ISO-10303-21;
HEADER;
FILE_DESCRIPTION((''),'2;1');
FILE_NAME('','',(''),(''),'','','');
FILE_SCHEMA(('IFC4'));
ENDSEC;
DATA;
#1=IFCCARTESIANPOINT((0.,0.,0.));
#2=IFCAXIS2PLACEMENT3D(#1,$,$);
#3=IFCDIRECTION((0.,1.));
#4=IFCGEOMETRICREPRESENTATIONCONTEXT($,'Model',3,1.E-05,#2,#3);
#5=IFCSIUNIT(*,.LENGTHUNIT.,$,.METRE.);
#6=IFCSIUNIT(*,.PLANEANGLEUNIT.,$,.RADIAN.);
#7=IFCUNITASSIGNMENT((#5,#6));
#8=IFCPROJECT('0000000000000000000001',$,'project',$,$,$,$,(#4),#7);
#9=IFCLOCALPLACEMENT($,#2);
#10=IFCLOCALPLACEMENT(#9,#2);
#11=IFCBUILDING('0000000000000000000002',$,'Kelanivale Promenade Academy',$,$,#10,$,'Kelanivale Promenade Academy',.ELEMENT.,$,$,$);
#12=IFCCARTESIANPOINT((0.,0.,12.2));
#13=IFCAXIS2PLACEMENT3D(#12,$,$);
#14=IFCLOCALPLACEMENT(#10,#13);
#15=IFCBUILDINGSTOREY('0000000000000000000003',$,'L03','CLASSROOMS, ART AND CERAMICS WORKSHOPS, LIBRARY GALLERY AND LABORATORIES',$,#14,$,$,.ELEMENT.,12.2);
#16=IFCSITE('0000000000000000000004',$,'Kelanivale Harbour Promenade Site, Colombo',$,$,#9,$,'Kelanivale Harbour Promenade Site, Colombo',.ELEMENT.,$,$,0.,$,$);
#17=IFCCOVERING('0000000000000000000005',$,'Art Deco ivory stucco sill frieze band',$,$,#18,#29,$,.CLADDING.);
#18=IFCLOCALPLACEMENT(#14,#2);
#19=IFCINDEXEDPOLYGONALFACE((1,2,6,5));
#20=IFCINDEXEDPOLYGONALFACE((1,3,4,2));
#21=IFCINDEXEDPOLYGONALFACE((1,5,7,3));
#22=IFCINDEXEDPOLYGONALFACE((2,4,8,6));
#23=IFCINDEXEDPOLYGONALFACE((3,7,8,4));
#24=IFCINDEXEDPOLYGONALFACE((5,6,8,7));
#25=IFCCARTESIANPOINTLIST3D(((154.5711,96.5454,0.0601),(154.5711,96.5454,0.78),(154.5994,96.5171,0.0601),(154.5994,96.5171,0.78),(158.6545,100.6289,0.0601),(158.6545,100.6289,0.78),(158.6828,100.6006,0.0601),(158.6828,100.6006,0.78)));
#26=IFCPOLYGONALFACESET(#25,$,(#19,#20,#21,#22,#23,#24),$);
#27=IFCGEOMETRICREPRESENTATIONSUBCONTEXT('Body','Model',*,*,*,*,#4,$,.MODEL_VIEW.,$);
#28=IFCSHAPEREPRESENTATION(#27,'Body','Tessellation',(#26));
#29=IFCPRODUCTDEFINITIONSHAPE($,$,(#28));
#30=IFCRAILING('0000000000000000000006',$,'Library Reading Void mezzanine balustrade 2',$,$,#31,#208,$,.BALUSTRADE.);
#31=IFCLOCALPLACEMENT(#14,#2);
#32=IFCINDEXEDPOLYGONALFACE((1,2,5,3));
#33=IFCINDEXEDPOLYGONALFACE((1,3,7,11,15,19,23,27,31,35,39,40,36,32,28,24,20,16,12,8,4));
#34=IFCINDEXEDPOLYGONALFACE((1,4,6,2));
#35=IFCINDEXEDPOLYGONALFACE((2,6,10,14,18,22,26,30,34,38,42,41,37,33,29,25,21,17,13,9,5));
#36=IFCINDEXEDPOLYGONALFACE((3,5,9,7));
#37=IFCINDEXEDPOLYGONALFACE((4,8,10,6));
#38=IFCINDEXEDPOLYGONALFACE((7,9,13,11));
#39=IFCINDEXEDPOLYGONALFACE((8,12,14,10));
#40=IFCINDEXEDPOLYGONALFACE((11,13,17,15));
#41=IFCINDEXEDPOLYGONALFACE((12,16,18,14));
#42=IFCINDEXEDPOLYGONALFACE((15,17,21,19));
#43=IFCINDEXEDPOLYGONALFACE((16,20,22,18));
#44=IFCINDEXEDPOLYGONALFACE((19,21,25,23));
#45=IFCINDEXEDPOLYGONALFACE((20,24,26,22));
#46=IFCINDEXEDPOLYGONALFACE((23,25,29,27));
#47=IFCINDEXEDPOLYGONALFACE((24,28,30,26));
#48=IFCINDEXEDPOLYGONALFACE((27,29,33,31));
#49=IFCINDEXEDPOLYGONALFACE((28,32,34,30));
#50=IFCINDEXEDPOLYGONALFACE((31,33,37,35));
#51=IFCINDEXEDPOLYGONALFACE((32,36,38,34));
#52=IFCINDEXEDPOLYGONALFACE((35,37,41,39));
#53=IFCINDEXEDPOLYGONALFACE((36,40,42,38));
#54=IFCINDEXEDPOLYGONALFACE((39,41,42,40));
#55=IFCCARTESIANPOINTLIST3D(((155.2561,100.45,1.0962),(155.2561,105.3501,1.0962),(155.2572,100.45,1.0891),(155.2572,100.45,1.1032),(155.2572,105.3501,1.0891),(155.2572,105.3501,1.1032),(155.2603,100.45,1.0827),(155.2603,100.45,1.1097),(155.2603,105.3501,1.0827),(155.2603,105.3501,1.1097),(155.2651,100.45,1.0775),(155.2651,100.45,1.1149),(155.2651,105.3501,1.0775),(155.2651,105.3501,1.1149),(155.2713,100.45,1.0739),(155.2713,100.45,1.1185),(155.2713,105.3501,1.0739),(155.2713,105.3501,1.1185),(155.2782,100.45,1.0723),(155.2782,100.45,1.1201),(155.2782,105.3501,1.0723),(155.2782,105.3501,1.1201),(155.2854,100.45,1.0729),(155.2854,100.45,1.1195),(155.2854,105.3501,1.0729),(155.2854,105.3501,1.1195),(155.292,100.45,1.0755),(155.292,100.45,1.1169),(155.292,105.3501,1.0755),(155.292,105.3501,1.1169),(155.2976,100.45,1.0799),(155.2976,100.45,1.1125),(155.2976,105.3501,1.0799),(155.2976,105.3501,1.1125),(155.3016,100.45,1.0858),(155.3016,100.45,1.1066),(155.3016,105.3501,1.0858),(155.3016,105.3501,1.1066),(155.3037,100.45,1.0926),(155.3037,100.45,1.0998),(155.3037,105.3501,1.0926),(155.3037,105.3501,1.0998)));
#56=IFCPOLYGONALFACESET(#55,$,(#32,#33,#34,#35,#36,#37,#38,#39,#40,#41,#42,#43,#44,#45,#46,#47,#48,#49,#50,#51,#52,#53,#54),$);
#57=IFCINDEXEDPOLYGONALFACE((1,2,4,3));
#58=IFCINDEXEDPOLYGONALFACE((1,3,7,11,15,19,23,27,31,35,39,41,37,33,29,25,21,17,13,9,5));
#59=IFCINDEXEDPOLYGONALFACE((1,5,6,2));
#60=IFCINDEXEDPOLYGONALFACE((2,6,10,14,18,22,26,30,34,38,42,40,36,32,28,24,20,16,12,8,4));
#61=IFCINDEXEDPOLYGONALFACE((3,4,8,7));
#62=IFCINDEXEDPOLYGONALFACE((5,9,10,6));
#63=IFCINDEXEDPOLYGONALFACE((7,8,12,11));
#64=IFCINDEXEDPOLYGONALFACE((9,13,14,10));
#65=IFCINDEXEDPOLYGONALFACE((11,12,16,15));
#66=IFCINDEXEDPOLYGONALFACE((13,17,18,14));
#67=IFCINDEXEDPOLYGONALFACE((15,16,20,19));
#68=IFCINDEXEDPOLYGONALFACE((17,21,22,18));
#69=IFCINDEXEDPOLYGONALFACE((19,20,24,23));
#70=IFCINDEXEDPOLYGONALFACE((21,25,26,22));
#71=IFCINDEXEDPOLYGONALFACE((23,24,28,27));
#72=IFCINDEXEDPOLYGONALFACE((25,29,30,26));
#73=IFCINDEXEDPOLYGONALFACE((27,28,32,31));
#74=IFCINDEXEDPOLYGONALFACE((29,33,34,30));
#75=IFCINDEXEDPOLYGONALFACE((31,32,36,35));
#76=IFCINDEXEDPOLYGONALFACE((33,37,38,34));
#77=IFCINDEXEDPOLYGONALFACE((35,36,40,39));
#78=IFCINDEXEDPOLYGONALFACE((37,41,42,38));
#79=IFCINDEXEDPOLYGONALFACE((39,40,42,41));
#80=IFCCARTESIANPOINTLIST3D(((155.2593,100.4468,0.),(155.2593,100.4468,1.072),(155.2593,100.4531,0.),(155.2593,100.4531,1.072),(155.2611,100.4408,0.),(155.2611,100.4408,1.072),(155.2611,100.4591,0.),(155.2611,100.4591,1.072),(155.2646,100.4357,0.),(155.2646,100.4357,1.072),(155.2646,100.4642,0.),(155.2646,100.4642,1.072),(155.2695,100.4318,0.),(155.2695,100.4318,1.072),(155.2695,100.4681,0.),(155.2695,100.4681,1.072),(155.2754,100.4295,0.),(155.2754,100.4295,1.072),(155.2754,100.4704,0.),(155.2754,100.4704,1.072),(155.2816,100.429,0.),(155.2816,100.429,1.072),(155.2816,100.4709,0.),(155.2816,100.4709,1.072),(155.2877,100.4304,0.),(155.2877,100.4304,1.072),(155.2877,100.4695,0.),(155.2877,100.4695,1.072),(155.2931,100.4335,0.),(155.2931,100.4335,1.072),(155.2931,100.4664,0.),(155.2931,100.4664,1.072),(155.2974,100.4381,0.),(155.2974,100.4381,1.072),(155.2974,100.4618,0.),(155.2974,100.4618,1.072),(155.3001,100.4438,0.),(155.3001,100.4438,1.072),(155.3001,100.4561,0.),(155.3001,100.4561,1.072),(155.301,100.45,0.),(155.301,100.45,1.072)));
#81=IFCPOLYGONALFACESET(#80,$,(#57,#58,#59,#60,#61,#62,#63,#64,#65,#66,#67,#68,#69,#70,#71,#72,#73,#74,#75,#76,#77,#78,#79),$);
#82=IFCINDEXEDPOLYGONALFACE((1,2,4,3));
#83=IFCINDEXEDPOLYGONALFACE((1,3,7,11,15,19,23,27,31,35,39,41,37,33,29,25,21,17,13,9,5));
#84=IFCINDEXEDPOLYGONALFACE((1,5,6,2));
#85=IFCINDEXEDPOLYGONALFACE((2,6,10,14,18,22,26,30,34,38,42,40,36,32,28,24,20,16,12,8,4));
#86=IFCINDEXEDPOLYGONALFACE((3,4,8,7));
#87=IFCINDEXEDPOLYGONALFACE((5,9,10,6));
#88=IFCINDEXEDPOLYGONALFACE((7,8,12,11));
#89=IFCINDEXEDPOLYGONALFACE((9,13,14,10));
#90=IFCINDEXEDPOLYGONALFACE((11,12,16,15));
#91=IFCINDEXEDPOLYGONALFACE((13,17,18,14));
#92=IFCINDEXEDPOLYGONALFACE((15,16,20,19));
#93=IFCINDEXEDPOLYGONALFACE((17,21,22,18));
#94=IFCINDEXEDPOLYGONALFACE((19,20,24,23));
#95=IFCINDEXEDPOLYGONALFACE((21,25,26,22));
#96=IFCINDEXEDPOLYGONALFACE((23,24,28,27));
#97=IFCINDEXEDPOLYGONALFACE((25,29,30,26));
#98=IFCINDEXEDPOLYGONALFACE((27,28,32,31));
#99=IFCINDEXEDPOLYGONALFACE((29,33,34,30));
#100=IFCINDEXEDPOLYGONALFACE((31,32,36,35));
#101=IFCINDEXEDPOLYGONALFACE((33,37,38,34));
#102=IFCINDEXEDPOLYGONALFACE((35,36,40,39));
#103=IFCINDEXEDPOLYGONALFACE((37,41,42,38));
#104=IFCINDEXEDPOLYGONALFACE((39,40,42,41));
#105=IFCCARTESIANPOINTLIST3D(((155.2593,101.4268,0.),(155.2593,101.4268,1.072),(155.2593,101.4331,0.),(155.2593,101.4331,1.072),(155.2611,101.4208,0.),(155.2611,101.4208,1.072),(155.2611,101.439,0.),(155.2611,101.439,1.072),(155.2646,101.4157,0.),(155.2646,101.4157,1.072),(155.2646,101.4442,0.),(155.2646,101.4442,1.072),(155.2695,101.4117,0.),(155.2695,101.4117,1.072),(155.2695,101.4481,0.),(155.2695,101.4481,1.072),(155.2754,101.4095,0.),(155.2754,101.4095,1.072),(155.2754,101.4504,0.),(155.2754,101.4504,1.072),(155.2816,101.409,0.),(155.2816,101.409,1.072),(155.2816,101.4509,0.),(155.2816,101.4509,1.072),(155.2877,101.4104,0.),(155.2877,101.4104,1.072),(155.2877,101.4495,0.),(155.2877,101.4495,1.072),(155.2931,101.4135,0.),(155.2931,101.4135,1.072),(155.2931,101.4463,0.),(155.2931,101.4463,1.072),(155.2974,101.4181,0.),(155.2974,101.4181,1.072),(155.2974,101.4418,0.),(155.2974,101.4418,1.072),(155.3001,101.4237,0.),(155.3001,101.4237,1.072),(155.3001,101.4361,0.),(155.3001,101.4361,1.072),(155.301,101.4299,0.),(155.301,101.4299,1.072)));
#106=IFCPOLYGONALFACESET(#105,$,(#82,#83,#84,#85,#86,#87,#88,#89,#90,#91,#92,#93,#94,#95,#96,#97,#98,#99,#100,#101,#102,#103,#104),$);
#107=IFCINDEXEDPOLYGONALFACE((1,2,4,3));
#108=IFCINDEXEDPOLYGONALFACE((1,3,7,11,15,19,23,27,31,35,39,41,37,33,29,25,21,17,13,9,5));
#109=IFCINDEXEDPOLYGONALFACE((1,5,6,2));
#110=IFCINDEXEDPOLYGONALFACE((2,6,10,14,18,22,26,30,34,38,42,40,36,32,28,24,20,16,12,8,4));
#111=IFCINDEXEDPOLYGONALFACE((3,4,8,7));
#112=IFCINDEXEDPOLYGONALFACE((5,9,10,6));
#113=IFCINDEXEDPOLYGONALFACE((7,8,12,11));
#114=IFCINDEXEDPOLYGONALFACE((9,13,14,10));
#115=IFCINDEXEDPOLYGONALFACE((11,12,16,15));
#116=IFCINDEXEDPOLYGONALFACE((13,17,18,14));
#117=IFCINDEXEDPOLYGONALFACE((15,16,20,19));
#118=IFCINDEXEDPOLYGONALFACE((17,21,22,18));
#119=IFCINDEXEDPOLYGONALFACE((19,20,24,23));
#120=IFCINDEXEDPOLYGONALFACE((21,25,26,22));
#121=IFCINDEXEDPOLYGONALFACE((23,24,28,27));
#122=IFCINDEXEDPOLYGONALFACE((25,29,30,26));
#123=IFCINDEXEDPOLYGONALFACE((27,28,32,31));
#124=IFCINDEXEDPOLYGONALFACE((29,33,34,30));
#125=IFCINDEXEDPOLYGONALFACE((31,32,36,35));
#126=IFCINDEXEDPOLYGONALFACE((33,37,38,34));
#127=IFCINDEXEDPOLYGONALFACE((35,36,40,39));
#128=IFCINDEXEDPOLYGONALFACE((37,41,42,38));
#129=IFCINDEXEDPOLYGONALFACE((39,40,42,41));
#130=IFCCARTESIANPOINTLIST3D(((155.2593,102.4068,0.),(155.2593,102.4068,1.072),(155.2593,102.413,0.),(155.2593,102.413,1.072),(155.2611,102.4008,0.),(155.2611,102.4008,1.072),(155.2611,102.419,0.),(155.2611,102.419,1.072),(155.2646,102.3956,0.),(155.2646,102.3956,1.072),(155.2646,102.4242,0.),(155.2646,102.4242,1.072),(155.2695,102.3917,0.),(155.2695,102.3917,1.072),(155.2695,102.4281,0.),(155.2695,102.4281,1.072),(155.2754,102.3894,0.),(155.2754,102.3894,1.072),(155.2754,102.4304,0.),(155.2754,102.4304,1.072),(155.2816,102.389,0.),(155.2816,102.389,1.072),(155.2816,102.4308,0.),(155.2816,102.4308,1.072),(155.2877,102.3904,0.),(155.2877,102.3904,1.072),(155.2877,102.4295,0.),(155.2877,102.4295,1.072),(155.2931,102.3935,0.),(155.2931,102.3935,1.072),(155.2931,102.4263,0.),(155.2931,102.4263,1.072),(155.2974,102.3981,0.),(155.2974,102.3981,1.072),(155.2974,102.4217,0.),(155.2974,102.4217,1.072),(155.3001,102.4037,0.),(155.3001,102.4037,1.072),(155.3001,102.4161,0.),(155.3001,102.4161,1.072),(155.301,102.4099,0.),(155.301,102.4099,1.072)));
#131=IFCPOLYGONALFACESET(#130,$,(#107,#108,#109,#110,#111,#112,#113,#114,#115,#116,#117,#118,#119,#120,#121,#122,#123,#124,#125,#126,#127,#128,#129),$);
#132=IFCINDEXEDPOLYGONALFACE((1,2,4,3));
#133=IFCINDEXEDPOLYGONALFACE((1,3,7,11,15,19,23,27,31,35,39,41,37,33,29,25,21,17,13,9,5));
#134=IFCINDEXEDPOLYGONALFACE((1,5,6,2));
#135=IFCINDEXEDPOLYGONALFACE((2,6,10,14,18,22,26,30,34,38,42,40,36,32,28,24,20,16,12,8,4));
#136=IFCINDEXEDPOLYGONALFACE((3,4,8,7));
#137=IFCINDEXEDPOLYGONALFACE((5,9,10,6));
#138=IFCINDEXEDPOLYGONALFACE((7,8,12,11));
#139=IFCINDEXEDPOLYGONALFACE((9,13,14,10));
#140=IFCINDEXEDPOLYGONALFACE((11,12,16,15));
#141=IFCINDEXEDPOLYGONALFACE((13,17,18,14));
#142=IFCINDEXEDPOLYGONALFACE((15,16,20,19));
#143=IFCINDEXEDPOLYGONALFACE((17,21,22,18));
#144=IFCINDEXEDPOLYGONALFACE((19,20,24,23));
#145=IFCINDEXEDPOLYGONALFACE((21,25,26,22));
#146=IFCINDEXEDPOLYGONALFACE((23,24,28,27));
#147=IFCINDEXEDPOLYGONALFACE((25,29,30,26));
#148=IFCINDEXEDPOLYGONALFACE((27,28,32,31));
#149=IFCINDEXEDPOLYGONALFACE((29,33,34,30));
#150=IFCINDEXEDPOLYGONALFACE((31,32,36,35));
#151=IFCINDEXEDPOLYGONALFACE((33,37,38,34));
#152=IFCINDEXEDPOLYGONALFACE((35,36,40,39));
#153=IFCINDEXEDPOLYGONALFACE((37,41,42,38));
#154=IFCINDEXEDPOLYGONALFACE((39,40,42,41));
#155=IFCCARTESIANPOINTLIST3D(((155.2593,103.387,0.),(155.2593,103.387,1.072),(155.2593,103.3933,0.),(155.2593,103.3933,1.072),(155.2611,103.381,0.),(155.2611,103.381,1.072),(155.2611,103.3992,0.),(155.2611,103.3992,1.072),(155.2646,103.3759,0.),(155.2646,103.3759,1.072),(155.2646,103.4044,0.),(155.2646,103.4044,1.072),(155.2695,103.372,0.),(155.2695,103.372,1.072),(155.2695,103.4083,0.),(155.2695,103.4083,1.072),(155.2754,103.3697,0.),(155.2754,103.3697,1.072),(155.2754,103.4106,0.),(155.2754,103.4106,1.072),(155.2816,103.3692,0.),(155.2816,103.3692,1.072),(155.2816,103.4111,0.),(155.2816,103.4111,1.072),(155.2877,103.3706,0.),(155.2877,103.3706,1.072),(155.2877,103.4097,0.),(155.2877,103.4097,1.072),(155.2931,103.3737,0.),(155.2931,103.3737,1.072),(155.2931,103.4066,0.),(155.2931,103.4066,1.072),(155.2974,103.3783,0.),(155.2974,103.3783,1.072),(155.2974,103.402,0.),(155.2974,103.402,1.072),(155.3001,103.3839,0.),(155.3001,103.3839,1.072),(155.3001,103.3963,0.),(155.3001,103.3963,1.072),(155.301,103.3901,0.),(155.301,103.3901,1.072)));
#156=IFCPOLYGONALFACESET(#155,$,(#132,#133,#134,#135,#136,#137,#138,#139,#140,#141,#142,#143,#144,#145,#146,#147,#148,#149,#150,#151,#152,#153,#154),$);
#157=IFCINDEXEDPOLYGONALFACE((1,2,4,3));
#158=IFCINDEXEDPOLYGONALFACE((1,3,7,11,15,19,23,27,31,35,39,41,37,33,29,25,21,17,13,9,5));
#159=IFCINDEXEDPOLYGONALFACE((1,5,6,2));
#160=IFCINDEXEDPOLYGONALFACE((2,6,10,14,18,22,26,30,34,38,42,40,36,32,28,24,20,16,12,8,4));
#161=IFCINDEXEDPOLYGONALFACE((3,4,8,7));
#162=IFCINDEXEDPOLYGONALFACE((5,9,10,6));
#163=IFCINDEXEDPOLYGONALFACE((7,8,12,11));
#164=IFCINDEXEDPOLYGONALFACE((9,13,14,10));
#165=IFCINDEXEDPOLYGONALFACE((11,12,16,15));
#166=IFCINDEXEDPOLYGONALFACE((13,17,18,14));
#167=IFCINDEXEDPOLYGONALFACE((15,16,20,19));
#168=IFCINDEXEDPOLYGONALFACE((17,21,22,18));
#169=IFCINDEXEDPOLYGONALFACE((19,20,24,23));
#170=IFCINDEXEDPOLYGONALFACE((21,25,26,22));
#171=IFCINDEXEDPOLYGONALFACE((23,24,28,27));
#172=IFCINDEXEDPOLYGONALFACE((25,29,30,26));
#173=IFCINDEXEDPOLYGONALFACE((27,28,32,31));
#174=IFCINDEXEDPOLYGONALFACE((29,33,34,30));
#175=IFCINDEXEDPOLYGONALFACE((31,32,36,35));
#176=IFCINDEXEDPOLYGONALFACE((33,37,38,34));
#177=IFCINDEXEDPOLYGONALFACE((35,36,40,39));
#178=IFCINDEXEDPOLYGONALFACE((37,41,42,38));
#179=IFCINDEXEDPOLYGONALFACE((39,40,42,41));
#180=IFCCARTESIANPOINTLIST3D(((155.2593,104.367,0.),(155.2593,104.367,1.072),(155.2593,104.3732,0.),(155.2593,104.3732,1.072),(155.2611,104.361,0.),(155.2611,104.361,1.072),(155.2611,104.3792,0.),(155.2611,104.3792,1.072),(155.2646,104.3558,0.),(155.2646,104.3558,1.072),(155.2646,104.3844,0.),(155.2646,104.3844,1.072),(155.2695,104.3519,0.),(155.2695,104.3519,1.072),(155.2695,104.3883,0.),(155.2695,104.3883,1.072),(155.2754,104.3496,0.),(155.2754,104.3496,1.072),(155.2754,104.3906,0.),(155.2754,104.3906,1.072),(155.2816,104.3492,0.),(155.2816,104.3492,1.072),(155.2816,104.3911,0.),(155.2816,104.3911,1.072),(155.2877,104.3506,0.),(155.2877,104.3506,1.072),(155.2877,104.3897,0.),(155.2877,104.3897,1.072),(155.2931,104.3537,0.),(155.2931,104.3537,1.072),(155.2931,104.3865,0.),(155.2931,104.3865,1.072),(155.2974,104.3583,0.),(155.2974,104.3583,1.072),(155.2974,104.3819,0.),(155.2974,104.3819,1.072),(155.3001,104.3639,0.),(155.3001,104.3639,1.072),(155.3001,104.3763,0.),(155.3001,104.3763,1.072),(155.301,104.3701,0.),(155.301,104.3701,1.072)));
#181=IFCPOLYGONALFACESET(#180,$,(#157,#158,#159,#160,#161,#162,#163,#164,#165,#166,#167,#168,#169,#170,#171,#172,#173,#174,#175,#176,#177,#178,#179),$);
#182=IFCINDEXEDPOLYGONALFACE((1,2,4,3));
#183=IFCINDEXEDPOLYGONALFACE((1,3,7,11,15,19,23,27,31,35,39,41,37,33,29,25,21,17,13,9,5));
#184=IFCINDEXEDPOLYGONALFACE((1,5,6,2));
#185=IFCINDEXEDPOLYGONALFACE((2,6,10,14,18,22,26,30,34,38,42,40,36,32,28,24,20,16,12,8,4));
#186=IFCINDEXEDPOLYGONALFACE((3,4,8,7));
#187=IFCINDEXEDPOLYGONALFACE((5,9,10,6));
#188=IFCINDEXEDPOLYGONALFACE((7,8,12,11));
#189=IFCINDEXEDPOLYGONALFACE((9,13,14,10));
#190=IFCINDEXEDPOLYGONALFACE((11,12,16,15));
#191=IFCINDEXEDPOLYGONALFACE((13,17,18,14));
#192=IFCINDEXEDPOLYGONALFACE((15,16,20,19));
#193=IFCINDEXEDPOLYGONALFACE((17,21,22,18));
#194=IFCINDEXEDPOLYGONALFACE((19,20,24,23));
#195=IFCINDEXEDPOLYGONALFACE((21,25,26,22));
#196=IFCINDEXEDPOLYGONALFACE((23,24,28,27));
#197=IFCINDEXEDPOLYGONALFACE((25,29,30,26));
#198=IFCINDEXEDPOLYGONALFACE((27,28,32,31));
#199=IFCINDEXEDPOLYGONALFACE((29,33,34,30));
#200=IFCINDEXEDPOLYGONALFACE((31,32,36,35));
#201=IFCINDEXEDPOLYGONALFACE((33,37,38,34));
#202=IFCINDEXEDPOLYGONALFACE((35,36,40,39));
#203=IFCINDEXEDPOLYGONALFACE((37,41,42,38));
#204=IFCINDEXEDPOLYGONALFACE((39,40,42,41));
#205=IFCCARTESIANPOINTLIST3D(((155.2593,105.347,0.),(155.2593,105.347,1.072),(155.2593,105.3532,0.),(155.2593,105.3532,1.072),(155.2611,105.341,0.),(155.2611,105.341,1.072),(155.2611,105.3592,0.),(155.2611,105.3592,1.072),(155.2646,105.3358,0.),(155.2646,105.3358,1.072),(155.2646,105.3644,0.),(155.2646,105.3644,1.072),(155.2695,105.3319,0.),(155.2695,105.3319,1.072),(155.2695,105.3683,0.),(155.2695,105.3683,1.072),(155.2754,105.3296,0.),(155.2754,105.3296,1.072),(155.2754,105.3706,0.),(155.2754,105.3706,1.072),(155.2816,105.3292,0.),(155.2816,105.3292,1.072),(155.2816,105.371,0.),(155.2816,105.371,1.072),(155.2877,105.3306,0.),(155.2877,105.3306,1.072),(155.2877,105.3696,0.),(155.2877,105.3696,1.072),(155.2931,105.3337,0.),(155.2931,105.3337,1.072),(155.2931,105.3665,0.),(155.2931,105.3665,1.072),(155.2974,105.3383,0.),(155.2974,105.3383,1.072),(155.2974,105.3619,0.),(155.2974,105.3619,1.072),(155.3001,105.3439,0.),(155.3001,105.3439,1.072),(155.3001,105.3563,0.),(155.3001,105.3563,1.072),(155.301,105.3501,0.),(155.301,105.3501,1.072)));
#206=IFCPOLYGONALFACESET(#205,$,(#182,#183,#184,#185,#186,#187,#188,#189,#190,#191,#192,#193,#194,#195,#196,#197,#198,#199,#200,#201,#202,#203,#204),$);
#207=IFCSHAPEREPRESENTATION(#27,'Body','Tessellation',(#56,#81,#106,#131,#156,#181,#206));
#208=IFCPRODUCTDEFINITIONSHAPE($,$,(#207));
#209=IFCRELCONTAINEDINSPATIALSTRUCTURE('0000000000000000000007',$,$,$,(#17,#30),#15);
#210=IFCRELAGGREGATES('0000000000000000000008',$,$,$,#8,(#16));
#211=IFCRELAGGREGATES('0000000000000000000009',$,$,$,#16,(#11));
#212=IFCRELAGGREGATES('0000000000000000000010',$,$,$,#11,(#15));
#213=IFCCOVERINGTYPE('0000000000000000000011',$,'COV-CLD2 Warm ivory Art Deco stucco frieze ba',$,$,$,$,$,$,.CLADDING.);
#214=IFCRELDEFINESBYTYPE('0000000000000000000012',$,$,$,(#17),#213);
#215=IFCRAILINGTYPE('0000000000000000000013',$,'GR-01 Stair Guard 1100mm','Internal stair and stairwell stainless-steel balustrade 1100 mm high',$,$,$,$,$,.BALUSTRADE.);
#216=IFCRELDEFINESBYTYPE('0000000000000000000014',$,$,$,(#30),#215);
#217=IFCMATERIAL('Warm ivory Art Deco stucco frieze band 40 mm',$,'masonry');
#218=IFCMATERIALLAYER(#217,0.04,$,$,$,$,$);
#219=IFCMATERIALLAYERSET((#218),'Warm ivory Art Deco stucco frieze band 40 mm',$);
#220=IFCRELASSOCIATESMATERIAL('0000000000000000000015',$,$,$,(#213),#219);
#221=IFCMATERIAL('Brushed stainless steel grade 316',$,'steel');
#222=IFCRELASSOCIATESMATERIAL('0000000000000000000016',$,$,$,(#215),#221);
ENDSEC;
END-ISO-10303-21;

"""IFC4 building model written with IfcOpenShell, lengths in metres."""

from ifc_helpers import new_model, si_unit, direction, frame, origin, origin_2d, place, context, subcontext, project, spatial, rectangle, circle, extrude, material, layer, layer_set, type_object, element, save


model = new_model("IFC4")

# Units and contexts
model_context = context("Model", 3, precision=1e-05, world=origin(), true_north=direction((0.0, 1.0)))
body_context = subcontext(model_context, "Body", "Model", "MODEL_VIEW")
ifc_project = project(units=[si_unit("LENGTHUNIT", "METRE"), si_unit("PLANEANGLEUNIT", "RADIAN")], contexts=[model_context])

# Site, building, storey
site_placement = place(None, origin())
site = spatial("IfcSite", under=ifc_project, at=site_placement, Name="Kelanivale Harbour Promenade Site, Colombo", LongName="Kelanivale Harbour Promenade Site, Colombo", CompositionType="ELEMENT", RefElevation=0.0)
building_placement = place(site_placement, origin())
building = spatial("IfcBuilding", under=site, at=building_placement, Name="Kelanivale Promenade Academy", LongName="Kelanivale Promenade Academy", CompositionType="ELEMENT")
storey_placement = place(building_placement, frame((0.0, 0.0, 12.2)))
storey = spatial("IfcBuildingStorey", under=building, at=storey_placement, Name="L03", Description="CLASSROOMS, ART AND CERAMICS WORKSHOPS, LIBRARY GALLERY AND LABORATORIES", CompositionType="ELEMENT", Elevation=12.2)

# Covering
ifc_material_1 = material(Name="Warm ivory Art Deco stucco frieze band 40 mm", Category="masonry")
ifc_layer_1 = layer(ifc_material_1, 0.04)
ifc_layer_set_1 = layer_set([ifc_layer_1], Name="Warm ivory Art Deco stucco frieze band 40 mm")
covering_type = type_object("IfcCoveringType", Name="COV-CLD2 Warm ivory Art Deco stucco frieze ba", PredefinedType="CLADDING", material=ifc_layer_set_1)
covering_1_placement = place(storey_placement, frame((156.627, 98.573, 0.0601), z_axis=(0.0, 0.0, 1.0), x_axis=(0.707107, 0.707107, 0.0)))
element("IfcCovering", 1, at=covering_1_placement, inside=storey, type_object=covering_type, Name="Art Deco ivory stucco sill frieze band", PredefinedType="CLADDING", context=body_context, shape_type="SweptSolid", body=[
    extrude(rectangle(XDim=5.7749, YDim=0.04, at=origin_2d()), origin(), (0.0, 0.0, 1.0), 0.72),
])

# Railing
ifc_material_2 = material(Name="Brushed stainless steel grade 316", Category="steel")
railing_type = type_object("IfcRailingType", Name="GR-01 Stair Guard 1100mm", Description="Internal stair and stairwell stainless-steel balustrade 1100 mm high", PredefinedType="BALUSTRADE", material=ifc_material_2)
railing_1_placement = place(storey_placement, frame((155.28, 100.45, 0.0)))
element("IfcRailing", 2, at=railing_1_placement, inside=storey, type_object=railing_type, Name="Library Reading Void mezzanine balustrade 2", PredefinedType="BALUSTRADE", context=body_context, shape_type="SweptSolid", body=[
    extrude(circle(Radius=0.0239, at=origin_2d()), frame((0.0, 0.0, 1.0962), z_axis=(0.0, 1.0, 0.0), x_axis=(-1.0, 0.0, 0.0)), (0.0, 0.0, 1.0), 4.9001),
    extrude(circle(Radius=0.021, at=origin_2d()), origin(), (0.0, 0.0, 1.0), 1.072),
    extrude(circle(Radius=0.021, at=origin_2d()), frame((0.0, 0.98, 0.0)), (0.0, 0.0, 1.0), 1.072),
    extrude(circle(Radius=0.021, at=origin_2d()), frame((0.0, 1.96, 0.0)), (0.0, 0.0, 1.0), 1.072),
    extrude(circle(Radius=0.021, at=origin_2d()), frame((0.0, 2.9402, 0.0)), (0.0, 0.0, 1.0), 1.072),
    extrude(circle(Radius=0.021, at=origin_2d()), frame((0.0, 3.9202, 0.0)), (0.0, 0.0, 1.0), 1.072),
    extrude(circle(Radius=0.021, at=origin_2d()), frame((0.0, 4.9001, 0.0)), (0.0, 0.0, 1.0), 1.072),
])

save(model, "model.ifc")
